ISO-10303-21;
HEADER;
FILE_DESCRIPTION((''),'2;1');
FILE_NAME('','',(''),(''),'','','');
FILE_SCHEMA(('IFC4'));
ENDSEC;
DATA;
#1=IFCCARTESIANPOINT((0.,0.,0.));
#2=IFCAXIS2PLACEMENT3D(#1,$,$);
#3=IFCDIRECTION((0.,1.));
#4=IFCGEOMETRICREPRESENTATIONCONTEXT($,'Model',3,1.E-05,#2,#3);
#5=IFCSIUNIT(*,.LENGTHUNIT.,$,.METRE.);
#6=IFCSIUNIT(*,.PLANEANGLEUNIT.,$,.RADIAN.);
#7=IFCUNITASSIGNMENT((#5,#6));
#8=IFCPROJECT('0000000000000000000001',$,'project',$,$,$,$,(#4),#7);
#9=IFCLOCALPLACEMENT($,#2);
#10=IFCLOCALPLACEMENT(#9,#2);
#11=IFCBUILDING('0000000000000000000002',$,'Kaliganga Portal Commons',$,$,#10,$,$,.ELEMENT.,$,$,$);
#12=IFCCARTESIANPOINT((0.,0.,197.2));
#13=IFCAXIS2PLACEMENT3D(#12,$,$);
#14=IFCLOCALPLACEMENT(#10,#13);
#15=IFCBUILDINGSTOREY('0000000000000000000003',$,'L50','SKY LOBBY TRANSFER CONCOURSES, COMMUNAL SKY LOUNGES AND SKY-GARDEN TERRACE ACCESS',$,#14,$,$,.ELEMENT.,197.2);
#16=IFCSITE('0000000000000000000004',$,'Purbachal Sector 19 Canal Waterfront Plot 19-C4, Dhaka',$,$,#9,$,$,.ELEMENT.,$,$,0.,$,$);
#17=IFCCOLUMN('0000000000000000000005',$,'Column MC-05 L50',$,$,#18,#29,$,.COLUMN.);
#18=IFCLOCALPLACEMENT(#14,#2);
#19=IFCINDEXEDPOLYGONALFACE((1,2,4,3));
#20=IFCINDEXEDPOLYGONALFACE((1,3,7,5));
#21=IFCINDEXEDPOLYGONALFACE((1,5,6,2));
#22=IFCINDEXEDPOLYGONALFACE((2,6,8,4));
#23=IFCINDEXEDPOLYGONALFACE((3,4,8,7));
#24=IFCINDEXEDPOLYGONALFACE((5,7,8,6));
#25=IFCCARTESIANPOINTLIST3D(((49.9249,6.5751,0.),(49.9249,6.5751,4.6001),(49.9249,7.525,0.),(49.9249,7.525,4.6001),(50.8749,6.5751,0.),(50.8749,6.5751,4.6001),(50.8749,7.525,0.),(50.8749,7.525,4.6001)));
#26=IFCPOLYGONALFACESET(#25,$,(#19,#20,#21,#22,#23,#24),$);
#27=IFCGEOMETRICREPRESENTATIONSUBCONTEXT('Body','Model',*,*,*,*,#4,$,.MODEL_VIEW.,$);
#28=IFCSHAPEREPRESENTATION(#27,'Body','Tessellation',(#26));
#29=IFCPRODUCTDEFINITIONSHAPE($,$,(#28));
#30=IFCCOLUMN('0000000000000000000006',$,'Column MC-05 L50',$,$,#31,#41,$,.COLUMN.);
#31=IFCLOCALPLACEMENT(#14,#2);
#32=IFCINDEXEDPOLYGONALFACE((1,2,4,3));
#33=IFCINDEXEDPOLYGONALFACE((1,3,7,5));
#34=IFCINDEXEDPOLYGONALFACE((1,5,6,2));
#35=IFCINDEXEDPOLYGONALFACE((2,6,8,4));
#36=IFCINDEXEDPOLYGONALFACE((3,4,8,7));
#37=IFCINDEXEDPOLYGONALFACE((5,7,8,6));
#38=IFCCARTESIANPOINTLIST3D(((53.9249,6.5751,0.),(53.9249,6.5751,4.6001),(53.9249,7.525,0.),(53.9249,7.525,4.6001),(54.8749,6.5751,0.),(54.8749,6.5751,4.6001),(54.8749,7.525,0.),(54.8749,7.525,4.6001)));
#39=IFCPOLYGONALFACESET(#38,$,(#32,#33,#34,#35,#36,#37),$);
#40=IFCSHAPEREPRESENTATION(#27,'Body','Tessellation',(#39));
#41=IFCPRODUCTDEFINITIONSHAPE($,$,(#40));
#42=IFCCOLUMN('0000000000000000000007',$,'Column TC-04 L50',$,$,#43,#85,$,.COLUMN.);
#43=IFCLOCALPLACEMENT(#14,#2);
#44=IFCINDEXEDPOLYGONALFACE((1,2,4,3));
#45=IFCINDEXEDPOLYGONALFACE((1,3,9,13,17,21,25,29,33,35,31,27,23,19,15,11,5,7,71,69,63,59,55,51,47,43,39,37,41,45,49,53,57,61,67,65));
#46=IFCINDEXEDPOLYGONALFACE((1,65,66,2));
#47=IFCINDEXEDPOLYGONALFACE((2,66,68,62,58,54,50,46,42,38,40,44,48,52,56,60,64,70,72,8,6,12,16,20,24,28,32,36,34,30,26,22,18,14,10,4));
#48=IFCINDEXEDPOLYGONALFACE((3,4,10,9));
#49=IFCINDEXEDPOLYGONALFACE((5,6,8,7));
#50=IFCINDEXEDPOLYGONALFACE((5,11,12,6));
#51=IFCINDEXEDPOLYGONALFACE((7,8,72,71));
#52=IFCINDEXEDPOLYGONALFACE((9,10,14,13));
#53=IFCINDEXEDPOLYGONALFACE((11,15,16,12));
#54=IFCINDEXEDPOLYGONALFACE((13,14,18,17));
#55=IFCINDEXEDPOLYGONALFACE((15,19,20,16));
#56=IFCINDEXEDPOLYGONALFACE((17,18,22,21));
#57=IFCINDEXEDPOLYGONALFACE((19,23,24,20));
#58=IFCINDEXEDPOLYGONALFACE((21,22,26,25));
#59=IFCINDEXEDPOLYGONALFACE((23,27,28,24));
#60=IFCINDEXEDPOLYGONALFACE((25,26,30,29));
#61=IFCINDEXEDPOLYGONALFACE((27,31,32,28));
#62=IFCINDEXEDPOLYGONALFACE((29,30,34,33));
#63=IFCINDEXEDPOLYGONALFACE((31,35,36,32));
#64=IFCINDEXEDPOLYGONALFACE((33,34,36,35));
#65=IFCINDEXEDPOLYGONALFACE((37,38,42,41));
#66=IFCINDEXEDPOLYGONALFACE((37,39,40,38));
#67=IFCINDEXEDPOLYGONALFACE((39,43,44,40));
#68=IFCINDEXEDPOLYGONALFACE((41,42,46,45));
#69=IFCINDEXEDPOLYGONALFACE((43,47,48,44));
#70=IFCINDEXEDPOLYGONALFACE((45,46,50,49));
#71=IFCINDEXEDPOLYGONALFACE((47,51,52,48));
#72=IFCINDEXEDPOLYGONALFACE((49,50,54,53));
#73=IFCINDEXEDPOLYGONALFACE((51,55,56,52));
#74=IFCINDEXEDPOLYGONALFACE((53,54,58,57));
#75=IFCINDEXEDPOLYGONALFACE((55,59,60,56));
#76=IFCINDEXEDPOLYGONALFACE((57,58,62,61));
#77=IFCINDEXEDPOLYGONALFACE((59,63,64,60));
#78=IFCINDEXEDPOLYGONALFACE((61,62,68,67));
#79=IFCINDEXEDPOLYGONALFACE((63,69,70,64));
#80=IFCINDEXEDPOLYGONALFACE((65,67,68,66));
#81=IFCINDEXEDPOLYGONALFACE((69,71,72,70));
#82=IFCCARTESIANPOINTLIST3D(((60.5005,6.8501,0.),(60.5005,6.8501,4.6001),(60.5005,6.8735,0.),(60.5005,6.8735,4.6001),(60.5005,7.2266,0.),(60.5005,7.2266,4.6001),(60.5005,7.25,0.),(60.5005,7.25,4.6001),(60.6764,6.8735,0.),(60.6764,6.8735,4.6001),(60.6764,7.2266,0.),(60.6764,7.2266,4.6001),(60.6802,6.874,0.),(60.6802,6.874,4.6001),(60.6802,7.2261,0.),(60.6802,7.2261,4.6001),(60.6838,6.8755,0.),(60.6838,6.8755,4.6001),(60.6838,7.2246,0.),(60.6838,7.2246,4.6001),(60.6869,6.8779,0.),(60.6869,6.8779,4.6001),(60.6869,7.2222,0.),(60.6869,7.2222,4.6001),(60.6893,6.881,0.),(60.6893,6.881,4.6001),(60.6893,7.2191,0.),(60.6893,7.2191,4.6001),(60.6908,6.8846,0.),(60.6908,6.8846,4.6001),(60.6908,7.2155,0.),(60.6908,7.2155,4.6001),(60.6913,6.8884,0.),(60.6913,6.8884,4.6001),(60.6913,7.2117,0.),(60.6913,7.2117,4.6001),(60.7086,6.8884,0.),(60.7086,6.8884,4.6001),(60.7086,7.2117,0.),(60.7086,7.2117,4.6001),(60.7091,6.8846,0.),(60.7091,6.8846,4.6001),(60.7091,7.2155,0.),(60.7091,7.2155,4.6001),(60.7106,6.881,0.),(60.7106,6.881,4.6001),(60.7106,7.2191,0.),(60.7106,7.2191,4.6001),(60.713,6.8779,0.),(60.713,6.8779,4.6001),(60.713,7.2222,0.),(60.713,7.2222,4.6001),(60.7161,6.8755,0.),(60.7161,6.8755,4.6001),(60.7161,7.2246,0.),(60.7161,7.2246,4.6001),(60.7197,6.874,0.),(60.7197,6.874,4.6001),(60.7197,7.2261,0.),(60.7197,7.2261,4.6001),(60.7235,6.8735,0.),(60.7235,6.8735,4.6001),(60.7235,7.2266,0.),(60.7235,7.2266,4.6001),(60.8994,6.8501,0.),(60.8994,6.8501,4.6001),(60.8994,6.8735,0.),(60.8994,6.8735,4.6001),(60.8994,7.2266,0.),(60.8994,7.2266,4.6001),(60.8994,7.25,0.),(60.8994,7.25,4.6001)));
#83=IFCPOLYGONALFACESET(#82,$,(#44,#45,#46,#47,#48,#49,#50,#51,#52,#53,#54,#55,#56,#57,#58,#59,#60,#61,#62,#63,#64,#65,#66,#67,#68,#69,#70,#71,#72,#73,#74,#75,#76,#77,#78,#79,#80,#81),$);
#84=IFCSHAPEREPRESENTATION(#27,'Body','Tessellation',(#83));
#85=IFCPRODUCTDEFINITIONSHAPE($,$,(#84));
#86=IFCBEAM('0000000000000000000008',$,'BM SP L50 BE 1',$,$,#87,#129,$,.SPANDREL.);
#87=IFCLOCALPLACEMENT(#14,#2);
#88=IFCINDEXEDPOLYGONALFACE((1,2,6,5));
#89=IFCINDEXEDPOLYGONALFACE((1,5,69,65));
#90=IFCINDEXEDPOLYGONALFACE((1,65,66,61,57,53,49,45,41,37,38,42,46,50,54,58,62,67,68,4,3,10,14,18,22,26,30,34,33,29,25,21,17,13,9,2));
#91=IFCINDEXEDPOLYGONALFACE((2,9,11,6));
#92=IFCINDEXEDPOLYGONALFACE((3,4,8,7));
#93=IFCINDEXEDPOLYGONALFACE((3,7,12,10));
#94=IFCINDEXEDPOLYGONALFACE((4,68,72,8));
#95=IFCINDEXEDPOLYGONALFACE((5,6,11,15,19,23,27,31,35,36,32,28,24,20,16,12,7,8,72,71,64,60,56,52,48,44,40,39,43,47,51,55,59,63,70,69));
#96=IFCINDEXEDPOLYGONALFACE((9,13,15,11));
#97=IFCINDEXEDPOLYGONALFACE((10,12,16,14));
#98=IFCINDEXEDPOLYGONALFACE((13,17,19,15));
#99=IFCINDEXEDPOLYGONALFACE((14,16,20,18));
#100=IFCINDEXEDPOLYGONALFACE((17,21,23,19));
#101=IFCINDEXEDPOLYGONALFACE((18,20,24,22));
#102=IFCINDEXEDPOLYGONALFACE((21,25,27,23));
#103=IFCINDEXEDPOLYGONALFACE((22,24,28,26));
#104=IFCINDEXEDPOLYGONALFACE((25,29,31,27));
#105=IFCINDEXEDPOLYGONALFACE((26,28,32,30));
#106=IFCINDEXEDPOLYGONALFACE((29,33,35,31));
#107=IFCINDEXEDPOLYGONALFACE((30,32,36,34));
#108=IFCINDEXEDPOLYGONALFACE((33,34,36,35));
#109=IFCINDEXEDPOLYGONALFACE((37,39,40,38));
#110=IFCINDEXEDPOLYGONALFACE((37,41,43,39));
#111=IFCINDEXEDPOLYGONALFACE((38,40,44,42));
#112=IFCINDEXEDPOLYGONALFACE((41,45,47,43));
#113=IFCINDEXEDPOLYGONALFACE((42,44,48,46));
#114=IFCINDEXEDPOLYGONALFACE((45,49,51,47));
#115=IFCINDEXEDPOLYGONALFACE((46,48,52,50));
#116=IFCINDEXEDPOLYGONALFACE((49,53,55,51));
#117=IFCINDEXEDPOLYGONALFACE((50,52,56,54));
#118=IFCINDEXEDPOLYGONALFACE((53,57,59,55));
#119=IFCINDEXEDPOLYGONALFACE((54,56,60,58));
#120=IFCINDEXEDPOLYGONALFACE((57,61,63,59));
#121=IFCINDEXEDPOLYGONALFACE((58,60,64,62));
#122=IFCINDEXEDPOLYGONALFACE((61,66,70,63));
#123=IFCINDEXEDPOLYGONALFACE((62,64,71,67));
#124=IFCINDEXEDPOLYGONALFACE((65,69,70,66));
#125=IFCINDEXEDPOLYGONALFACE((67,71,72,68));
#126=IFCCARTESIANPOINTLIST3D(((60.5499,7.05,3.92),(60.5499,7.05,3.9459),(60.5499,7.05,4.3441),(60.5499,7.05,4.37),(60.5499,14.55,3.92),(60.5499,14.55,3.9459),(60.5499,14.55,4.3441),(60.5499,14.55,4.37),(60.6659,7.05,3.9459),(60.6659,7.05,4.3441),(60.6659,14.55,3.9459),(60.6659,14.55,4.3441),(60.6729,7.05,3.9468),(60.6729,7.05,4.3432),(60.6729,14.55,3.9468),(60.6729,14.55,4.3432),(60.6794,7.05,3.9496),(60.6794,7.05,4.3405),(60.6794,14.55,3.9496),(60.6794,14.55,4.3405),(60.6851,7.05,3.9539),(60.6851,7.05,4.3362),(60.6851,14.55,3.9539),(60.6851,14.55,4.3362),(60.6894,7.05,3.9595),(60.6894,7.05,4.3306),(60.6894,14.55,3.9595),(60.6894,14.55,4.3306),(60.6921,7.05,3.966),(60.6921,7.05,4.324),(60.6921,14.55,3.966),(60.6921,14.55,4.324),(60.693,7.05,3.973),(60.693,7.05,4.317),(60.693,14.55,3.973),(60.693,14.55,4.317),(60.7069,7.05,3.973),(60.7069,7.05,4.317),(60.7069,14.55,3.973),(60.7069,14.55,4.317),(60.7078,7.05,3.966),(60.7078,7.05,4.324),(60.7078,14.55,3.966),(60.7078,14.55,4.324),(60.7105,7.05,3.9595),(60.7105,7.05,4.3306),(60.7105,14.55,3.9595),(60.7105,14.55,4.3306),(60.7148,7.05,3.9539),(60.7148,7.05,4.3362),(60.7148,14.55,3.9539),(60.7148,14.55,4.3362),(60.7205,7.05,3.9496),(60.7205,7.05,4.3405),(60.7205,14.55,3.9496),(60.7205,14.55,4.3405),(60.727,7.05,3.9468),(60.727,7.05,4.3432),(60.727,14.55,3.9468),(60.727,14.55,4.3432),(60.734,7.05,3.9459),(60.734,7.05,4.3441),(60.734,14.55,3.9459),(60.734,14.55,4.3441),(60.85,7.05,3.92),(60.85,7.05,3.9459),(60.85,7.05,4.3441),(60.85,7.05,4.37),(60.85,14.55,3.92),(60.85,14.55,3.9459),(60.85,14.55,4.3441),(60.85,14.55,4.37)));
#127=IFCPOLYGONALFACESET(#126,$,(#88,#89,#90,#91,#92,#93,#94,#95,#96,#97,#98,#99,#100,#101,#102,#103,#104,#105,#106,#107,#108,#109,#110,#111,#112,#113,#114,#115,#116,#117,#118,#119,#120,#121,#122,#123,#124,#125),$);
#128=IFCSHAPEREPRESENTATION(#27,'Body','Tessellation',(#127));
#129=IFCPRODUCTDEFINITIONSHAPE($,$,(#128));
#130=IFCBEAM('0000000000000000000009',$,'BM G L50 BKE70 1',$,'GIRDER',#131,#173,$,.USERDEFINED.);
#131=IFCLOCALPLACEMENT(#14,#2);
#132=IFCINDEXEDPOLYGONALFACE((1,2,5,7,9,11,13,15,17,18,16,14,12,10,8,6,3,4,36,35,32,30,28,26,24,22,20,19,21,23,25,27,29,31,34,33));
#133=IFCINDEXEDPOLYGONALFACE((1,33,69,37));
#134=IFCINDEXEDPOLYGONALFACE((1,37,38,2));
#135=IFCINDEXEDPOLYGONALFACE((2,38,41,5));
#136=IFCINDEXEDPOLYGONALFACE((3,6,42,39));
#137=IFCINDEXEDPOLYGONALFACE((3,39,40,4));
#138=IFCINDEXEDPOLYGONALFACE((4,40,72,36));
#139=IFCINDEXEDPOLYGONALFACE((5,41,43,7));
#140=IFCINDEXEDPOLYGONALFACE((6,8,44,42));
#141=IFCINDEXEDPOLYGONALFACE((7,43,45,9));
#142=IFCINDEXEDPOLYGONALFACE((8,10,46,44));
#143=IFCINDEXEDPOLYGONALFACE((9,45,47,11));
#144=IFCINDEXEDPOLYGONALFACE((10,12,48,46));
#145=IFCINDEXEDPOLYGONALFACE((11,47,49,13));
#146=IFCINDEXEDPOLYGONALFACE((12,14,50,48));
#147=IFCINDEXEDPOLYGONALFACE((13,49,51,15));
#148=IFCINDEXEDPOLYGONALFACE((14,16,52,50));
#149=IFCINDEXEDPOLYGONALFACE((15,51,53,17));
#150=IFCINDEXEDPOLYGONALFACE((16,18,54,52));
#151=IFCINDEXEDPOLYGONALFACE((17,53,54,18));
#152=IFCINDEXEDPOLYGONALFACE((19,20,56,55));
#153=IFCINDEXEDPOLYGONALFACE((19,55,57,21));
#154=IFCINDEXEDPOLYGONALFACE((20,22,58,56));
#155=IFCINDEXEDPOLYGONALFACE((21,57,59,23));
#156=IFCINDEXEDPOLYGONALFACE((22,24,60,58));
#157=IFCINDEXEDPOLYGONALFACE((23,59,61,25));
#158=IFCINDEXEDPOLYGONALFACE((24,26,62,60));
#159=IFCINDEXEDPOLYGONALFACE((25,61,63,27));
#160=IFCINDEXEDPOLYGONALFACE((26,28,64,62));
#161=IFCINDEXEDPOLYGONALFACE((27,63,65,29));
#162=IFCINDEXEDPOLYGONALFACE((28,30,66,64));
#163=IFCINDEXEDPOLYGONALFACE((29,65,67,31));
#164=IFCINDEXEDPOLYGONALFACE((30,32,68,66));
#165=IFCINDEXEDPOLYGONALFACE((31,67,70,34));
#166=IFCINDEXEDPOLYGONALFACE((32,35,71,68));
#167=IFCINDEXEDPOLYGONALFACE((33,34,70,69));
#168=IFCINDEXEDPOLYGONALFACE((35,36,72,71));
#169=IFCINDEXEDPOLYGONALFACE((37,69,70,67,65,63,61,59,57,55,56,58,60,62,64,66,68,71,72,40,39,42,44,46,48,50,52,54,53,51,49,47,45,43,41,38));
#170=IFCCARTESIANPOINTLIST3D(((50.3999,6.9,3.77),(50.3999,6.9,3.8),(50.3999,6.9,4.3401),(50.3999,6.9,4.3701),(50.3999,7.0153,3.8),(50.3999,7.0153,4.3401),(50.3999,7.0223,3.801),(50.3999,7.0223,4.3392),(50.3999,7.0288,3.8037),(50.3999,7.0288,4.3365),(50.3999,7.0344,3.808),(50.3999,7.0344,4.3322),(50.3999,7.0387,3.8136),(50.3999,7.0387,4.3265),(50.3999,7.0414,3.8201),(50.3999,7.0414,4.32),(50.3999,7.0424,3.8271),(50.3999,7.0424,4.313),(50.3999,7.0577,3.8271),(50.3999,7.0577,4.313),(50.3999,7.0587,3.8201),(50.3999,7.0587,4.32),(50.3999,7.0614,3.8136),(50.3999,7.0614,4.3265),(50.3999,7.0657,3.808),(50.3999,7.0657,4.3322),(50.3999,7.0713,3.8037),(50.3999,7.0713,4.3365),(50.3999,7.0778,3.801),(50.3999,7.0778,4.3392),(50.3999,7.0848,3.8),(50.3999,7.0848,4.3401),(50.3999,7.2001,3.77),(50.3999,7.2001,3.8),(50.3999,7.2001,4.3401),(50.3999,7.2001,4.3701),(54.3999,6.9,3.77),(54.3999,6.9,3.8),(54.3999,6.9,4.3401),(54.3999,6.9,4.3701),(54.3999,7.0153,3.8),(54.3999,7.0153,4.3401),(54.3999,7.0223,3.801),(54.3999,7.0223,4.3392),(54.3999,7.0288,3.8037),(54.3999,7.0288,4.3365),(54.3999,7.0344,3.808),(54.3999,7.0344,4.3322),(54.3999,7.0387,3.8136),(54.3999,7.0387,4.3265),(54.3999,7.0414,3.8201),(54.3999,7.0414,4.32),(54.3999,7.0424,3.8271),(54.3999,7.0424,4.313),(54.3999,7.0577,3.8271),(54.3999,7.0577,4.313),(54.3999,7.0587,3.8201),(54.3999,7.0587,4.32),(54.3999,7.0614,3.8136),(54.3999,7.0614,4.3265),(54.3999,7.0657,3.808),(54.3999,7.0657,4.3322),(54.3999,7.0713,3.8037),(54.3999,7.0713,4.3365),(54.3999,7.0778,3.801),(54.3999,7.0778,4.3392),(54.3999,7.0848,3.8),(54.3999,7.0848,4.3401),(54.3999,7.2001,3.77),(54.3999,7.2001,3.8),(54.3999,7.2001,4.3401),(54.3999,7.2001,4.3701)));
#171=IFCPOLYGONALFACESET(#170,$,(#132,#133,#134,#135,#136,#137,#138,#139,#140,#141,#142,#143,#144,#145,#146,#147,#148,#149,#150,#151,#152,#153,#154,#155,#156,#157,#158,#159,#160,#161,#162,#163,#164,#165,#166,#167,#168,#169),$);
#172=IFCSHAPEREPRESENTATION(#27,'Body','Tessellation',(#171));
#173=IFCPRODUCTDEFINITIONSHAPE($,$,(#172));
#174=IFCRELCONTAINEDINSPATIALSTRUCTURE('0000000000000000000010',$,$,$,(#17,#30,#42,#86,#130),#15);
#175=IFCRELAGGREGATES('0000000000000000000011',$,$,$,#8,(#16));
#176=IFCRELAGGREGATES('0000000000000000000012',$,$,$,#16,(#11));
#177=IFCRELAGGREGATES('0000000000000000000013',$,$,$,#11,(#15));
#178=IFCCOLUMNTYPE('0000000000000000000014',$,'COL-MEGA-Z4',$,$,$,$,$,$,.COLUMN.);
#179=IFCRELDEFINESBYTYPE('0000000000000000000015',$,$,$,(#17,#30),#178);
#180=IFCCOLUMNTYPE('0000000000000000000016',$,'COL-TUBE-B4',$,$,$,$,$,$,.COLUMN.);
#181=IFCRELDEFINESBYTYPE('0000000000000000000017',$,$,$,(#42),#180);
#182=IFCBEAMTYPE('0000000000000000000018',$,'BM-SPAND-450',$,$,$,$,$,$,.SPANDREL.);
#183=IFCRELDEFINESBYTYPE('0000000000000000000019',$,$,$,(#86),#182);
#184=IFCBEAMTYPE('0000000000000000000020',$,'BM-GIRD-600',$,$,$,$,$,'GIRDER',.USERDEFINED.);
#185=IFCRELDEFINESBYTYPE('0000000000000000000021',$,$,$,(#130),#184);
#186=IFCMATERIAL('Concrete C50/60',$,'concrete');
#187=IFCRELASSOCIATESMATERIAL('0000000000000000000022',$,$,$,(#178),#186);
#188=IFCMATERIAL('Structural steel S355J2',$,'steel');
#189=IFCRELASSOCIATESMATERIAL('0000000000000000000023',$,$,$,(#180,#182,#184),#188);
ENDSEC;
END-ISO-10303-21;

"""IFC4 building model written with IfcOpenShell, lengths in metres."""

from ifc_helpers import new_model, si_unit, direction, frame, origin, origin_2d, place, context, subcontext, project, spatial, rectangle, i_section, extrude, source, transform, mapped, material, material_profile, profile_set, type_object, element, save


model = new_model("IFC4")

# Units and contexts
model_context = context("Model", 3, precision=1e-05, world=origin(), true_north=direction((0.0, 1.0)))
body_context = subcontext(model_context, "Body", "Model", "MODEL_VIEW")
ifc_project = project(units=[si_unit("LENGTHUNIT", "METRE"), si_unit("PLANEANGLEUNIT", "RADIAN")], contexts=[model_context])

# Site, building, storey
site_placement = place(None, origin())
site = spatial("IfcSite", under=ifc_project, at=site_placement, Name="Purbachal Sector 19 Canal Waterfront Plot 19-C4, Dhaka", CompositionType="ELEMENT", RefElevation=0.0)
building_placement = place(site_placement, origin())
building = spatial("IfcBuilding", under=site, at=building_placement, Name="Kaliganga Portal Commons", CompositionType="ELEMENT")
storey_placement = place(building_placement, frame((0.0, 0.0, 197.2)))
storey = spatial("IfcBuildingStorey", under=building, at=storey_placement, Name="L50", Description="SKY LOBBY TRANSFER CONCOURSES, COMMUNAL SKY LOUNGES AND SKY-GARDEN TERRACE ACCESS", CompositionType="ELEMENT", Elevation=197.2)

# Columns
ifc_material_1 = material(Name="Concrete C50/60", Category="concrete")
ifc_material_profile_1 = material_profile(ifc_material_1, rectangle(XDim=0.95, YDim=0.95, at=origin_2d()), Name="RC 950x950")
ifc_profile_set_1 = profile_set([ifc_material_profile_1], Name="Concrete C50/60")
column_type_1 = type_object("IfcColumnType", Name="COL-MEGA-Z4", PredefinedType="COLUMN", material=ifc_profile_set_1)
shared_shape_1 = source(origin(), body_context, "Body", "SweptSolid", [
    extrude(rectangle(XDim=0.95, YDim=0.95, at=origin_2d()), origin(), (0.0, 0.0, 1.0), 4.6001),
])
for number, where, z_axis, x_axis, name in (
    (1, (50.3999, 7.05, 0.0), (0.0, 0.0, 1.0), (1.0, 0.0, 0.0), "Column MC-05 L50"),
    (2, (54.3999, 7.05, 0.0), (0.0, 0.0, 1.0), (1.0, 0.0, 0.0), "Column MC-05 L50"),
):
    element("IfcColumn", number, at=place(storey_placement, frame(where, z_axis=z_axis, x_axis=x_axis)), inside=storey, type_object=column_type_1, Name=name, PredefinedType="COLUMN", context=body_context, shape_type="MappedRepresentation", body=[
        mapped(shared_shape_1, transform((0.0, 0.0, 0.0), x_axis=(1.0, 0.0, 0.0), y_axis=(0.0, 1.0, 0.0), z_axis=(0.0, 0.0, 1.0), scale=1.0)),
    ])
ifc_material_2 = material(Name="Structural steel S355J2", Category="steel")
ifc_material_profile_2 = material_profile(ifc_material_2, i_section(OverallWidth=0.3989, OverallDepth=0.3999, WebThickness=0.0173, FlangeThickness=0.0234, FilletRadius=0.0149, at=origin_2d()), Name="HD 400x287")
ifc_profile_set_2 = profile_set([ifc_material_profile_2], Name="Structural steel S355J2 wide-flange")
column_type_2 = type_object("IfcColumnType", Name="COL-TUBE-B4", PredefinedType="COLUMN", material=ifc_profile_set_2)
shared_shape_2 = source(origin(), body_context, "Body", "SweptSolid", [
    extrude(i_section(OverallWidth=0.3989, OverallDepth=0.3999, WebThickness=0.0173, FlangeThickness=0.0234, FilletRadius=0.0149, at=origin_2d()), origin(), (0.0, 0.0, 1.0), 4.6001),
])
column_placement = place(storey_placement, frame((60.7, 7.05, 0.0), z_axis=(0.0, 0.0, 1.0), x_axis=(1.0, 0.0, 0.0)))
element("IfcColumn", 3, at=column_placement, inside=storey, type_object=column_type_2, Name="Column TC-04 L50", PredefinedType="COLUMN", context=body_context, shape_type="MappedRepresentation", body=[
    mapped(shared_shape_2, transform((0.0, 0.0, 0.0), x_axis=(1.0, 0.0, 0.0), y_axis=(0.0, 1.0, 0.0), z_axis=(0.0, 0.0, 1.0), scale=1.0)),
])

# Beams
ifc_material_profile_3 = material_profile(ifc_material_2, i_section(OverallWidth=0.3, OverallDepth=0.45, WebThickness=0.0139, FlangeThickness=0.0259, FilletRadius=0.0271, at=origin_2d()), Name="HE 450 B")
ifc_profile_set_3 = profile_set([ifc_material_profile_3], Name="Structural steel S355J2 wide-flange")
beam_type_1 = type_object("IfcBeamType", Name="BM-SPAND-450", PredefinedType="SPANDREL", material=ifc_profile_set_3)
shared_shape_3 = source(origin(), body_context, "Body", "SweptSolid", [
    extrude(i_section(OverallWidth=0.3, OverallDepth=0.45, WebThickness=0.0139, FlangeThickness=0.0259, FilletRadius=0.0271, at=origin_2d()), origin(), (0.0, 0.0, 1.0), 7.5),
])
beam_1_placement = place(storey_placement, frame((60.7, 7.05, 4.145), z_axis=(0.0, 1.0, 0.0), x_axis=(-1.0, 0.0, 0.0)))
element("IfcBeam", 4, at=beam_1_placement, inside=storey, type_object=beam_type_1, Name="BM SP L50 BE 1", PredefinedType="SPANDREL", context=body_context, shape_type="MappedRepresentation", body=[
    mapped(shared_shape_3, transform((0.0, 0.0, 0.0), x_axis=(1.0, 0.0, 0.0), y_axis=(0.0, 1.0, 0.0), z_axis=(0.0, 0.0, 1.0), scale=1.0)),
])
ifc_material_profile_4 = material_profile(ifc_material_2, i_section(OverallWidth=0.3, OverallDepth=0.6001, WebThickness=0.0154, FlangeThickness=0.03, FilletRadius=0.0271, at=origin_2d()), Name="HE 600 B")
ifc_profile_set_4 = profile_set([ifc_material_profile_4], Name="Structural steel S355J2 wide-flange")
beam_type_2 = type_object("IfcBeamType", Name="BM-GIRD-600", ElementType="GIRDER", PredefinedType="USERDEFINED", material=ifc_profile_set_4)
shared_shape_4 = source(origin(), body_context, "Body", "SweptSolid", [
    extrude(i_section(OverallWidth=0.3, OverallDepth=0.6001, WebThickness=0.0154, FlangeThickness=0.03, FilletRadius=0.0271, at=origin_2d()), origin(), (0.0, 0.0, 1.0), 4.0),
])
beam_2_placement = place(storey_placement, frame((50.3999, 7.05, 4.0701), z_axis=(1.0, 0.0, 0.0), x_axis=(0.0, 1.0, 0.0)))
element("IfcBeam", 5, at=beam_2_placement, inside=storey, type_object=beam_type_2, Name="BM G L50 BKE70 1", ObjectType="GIRDER", PredefinedType="USERDEFINED", context=body_context, shape_type="MappedRepresentation", body=[
    mapped(shared_shape_4, transform((0.0, 0.0, 0.0), x_axis=(1.0, 0.0, 0.0), y_axis=(0.0, 1.0, 0.0), z_axis=(0.0, 0.0, 1.0), scale=1.0)),
])

save(model, "model.ifc")
